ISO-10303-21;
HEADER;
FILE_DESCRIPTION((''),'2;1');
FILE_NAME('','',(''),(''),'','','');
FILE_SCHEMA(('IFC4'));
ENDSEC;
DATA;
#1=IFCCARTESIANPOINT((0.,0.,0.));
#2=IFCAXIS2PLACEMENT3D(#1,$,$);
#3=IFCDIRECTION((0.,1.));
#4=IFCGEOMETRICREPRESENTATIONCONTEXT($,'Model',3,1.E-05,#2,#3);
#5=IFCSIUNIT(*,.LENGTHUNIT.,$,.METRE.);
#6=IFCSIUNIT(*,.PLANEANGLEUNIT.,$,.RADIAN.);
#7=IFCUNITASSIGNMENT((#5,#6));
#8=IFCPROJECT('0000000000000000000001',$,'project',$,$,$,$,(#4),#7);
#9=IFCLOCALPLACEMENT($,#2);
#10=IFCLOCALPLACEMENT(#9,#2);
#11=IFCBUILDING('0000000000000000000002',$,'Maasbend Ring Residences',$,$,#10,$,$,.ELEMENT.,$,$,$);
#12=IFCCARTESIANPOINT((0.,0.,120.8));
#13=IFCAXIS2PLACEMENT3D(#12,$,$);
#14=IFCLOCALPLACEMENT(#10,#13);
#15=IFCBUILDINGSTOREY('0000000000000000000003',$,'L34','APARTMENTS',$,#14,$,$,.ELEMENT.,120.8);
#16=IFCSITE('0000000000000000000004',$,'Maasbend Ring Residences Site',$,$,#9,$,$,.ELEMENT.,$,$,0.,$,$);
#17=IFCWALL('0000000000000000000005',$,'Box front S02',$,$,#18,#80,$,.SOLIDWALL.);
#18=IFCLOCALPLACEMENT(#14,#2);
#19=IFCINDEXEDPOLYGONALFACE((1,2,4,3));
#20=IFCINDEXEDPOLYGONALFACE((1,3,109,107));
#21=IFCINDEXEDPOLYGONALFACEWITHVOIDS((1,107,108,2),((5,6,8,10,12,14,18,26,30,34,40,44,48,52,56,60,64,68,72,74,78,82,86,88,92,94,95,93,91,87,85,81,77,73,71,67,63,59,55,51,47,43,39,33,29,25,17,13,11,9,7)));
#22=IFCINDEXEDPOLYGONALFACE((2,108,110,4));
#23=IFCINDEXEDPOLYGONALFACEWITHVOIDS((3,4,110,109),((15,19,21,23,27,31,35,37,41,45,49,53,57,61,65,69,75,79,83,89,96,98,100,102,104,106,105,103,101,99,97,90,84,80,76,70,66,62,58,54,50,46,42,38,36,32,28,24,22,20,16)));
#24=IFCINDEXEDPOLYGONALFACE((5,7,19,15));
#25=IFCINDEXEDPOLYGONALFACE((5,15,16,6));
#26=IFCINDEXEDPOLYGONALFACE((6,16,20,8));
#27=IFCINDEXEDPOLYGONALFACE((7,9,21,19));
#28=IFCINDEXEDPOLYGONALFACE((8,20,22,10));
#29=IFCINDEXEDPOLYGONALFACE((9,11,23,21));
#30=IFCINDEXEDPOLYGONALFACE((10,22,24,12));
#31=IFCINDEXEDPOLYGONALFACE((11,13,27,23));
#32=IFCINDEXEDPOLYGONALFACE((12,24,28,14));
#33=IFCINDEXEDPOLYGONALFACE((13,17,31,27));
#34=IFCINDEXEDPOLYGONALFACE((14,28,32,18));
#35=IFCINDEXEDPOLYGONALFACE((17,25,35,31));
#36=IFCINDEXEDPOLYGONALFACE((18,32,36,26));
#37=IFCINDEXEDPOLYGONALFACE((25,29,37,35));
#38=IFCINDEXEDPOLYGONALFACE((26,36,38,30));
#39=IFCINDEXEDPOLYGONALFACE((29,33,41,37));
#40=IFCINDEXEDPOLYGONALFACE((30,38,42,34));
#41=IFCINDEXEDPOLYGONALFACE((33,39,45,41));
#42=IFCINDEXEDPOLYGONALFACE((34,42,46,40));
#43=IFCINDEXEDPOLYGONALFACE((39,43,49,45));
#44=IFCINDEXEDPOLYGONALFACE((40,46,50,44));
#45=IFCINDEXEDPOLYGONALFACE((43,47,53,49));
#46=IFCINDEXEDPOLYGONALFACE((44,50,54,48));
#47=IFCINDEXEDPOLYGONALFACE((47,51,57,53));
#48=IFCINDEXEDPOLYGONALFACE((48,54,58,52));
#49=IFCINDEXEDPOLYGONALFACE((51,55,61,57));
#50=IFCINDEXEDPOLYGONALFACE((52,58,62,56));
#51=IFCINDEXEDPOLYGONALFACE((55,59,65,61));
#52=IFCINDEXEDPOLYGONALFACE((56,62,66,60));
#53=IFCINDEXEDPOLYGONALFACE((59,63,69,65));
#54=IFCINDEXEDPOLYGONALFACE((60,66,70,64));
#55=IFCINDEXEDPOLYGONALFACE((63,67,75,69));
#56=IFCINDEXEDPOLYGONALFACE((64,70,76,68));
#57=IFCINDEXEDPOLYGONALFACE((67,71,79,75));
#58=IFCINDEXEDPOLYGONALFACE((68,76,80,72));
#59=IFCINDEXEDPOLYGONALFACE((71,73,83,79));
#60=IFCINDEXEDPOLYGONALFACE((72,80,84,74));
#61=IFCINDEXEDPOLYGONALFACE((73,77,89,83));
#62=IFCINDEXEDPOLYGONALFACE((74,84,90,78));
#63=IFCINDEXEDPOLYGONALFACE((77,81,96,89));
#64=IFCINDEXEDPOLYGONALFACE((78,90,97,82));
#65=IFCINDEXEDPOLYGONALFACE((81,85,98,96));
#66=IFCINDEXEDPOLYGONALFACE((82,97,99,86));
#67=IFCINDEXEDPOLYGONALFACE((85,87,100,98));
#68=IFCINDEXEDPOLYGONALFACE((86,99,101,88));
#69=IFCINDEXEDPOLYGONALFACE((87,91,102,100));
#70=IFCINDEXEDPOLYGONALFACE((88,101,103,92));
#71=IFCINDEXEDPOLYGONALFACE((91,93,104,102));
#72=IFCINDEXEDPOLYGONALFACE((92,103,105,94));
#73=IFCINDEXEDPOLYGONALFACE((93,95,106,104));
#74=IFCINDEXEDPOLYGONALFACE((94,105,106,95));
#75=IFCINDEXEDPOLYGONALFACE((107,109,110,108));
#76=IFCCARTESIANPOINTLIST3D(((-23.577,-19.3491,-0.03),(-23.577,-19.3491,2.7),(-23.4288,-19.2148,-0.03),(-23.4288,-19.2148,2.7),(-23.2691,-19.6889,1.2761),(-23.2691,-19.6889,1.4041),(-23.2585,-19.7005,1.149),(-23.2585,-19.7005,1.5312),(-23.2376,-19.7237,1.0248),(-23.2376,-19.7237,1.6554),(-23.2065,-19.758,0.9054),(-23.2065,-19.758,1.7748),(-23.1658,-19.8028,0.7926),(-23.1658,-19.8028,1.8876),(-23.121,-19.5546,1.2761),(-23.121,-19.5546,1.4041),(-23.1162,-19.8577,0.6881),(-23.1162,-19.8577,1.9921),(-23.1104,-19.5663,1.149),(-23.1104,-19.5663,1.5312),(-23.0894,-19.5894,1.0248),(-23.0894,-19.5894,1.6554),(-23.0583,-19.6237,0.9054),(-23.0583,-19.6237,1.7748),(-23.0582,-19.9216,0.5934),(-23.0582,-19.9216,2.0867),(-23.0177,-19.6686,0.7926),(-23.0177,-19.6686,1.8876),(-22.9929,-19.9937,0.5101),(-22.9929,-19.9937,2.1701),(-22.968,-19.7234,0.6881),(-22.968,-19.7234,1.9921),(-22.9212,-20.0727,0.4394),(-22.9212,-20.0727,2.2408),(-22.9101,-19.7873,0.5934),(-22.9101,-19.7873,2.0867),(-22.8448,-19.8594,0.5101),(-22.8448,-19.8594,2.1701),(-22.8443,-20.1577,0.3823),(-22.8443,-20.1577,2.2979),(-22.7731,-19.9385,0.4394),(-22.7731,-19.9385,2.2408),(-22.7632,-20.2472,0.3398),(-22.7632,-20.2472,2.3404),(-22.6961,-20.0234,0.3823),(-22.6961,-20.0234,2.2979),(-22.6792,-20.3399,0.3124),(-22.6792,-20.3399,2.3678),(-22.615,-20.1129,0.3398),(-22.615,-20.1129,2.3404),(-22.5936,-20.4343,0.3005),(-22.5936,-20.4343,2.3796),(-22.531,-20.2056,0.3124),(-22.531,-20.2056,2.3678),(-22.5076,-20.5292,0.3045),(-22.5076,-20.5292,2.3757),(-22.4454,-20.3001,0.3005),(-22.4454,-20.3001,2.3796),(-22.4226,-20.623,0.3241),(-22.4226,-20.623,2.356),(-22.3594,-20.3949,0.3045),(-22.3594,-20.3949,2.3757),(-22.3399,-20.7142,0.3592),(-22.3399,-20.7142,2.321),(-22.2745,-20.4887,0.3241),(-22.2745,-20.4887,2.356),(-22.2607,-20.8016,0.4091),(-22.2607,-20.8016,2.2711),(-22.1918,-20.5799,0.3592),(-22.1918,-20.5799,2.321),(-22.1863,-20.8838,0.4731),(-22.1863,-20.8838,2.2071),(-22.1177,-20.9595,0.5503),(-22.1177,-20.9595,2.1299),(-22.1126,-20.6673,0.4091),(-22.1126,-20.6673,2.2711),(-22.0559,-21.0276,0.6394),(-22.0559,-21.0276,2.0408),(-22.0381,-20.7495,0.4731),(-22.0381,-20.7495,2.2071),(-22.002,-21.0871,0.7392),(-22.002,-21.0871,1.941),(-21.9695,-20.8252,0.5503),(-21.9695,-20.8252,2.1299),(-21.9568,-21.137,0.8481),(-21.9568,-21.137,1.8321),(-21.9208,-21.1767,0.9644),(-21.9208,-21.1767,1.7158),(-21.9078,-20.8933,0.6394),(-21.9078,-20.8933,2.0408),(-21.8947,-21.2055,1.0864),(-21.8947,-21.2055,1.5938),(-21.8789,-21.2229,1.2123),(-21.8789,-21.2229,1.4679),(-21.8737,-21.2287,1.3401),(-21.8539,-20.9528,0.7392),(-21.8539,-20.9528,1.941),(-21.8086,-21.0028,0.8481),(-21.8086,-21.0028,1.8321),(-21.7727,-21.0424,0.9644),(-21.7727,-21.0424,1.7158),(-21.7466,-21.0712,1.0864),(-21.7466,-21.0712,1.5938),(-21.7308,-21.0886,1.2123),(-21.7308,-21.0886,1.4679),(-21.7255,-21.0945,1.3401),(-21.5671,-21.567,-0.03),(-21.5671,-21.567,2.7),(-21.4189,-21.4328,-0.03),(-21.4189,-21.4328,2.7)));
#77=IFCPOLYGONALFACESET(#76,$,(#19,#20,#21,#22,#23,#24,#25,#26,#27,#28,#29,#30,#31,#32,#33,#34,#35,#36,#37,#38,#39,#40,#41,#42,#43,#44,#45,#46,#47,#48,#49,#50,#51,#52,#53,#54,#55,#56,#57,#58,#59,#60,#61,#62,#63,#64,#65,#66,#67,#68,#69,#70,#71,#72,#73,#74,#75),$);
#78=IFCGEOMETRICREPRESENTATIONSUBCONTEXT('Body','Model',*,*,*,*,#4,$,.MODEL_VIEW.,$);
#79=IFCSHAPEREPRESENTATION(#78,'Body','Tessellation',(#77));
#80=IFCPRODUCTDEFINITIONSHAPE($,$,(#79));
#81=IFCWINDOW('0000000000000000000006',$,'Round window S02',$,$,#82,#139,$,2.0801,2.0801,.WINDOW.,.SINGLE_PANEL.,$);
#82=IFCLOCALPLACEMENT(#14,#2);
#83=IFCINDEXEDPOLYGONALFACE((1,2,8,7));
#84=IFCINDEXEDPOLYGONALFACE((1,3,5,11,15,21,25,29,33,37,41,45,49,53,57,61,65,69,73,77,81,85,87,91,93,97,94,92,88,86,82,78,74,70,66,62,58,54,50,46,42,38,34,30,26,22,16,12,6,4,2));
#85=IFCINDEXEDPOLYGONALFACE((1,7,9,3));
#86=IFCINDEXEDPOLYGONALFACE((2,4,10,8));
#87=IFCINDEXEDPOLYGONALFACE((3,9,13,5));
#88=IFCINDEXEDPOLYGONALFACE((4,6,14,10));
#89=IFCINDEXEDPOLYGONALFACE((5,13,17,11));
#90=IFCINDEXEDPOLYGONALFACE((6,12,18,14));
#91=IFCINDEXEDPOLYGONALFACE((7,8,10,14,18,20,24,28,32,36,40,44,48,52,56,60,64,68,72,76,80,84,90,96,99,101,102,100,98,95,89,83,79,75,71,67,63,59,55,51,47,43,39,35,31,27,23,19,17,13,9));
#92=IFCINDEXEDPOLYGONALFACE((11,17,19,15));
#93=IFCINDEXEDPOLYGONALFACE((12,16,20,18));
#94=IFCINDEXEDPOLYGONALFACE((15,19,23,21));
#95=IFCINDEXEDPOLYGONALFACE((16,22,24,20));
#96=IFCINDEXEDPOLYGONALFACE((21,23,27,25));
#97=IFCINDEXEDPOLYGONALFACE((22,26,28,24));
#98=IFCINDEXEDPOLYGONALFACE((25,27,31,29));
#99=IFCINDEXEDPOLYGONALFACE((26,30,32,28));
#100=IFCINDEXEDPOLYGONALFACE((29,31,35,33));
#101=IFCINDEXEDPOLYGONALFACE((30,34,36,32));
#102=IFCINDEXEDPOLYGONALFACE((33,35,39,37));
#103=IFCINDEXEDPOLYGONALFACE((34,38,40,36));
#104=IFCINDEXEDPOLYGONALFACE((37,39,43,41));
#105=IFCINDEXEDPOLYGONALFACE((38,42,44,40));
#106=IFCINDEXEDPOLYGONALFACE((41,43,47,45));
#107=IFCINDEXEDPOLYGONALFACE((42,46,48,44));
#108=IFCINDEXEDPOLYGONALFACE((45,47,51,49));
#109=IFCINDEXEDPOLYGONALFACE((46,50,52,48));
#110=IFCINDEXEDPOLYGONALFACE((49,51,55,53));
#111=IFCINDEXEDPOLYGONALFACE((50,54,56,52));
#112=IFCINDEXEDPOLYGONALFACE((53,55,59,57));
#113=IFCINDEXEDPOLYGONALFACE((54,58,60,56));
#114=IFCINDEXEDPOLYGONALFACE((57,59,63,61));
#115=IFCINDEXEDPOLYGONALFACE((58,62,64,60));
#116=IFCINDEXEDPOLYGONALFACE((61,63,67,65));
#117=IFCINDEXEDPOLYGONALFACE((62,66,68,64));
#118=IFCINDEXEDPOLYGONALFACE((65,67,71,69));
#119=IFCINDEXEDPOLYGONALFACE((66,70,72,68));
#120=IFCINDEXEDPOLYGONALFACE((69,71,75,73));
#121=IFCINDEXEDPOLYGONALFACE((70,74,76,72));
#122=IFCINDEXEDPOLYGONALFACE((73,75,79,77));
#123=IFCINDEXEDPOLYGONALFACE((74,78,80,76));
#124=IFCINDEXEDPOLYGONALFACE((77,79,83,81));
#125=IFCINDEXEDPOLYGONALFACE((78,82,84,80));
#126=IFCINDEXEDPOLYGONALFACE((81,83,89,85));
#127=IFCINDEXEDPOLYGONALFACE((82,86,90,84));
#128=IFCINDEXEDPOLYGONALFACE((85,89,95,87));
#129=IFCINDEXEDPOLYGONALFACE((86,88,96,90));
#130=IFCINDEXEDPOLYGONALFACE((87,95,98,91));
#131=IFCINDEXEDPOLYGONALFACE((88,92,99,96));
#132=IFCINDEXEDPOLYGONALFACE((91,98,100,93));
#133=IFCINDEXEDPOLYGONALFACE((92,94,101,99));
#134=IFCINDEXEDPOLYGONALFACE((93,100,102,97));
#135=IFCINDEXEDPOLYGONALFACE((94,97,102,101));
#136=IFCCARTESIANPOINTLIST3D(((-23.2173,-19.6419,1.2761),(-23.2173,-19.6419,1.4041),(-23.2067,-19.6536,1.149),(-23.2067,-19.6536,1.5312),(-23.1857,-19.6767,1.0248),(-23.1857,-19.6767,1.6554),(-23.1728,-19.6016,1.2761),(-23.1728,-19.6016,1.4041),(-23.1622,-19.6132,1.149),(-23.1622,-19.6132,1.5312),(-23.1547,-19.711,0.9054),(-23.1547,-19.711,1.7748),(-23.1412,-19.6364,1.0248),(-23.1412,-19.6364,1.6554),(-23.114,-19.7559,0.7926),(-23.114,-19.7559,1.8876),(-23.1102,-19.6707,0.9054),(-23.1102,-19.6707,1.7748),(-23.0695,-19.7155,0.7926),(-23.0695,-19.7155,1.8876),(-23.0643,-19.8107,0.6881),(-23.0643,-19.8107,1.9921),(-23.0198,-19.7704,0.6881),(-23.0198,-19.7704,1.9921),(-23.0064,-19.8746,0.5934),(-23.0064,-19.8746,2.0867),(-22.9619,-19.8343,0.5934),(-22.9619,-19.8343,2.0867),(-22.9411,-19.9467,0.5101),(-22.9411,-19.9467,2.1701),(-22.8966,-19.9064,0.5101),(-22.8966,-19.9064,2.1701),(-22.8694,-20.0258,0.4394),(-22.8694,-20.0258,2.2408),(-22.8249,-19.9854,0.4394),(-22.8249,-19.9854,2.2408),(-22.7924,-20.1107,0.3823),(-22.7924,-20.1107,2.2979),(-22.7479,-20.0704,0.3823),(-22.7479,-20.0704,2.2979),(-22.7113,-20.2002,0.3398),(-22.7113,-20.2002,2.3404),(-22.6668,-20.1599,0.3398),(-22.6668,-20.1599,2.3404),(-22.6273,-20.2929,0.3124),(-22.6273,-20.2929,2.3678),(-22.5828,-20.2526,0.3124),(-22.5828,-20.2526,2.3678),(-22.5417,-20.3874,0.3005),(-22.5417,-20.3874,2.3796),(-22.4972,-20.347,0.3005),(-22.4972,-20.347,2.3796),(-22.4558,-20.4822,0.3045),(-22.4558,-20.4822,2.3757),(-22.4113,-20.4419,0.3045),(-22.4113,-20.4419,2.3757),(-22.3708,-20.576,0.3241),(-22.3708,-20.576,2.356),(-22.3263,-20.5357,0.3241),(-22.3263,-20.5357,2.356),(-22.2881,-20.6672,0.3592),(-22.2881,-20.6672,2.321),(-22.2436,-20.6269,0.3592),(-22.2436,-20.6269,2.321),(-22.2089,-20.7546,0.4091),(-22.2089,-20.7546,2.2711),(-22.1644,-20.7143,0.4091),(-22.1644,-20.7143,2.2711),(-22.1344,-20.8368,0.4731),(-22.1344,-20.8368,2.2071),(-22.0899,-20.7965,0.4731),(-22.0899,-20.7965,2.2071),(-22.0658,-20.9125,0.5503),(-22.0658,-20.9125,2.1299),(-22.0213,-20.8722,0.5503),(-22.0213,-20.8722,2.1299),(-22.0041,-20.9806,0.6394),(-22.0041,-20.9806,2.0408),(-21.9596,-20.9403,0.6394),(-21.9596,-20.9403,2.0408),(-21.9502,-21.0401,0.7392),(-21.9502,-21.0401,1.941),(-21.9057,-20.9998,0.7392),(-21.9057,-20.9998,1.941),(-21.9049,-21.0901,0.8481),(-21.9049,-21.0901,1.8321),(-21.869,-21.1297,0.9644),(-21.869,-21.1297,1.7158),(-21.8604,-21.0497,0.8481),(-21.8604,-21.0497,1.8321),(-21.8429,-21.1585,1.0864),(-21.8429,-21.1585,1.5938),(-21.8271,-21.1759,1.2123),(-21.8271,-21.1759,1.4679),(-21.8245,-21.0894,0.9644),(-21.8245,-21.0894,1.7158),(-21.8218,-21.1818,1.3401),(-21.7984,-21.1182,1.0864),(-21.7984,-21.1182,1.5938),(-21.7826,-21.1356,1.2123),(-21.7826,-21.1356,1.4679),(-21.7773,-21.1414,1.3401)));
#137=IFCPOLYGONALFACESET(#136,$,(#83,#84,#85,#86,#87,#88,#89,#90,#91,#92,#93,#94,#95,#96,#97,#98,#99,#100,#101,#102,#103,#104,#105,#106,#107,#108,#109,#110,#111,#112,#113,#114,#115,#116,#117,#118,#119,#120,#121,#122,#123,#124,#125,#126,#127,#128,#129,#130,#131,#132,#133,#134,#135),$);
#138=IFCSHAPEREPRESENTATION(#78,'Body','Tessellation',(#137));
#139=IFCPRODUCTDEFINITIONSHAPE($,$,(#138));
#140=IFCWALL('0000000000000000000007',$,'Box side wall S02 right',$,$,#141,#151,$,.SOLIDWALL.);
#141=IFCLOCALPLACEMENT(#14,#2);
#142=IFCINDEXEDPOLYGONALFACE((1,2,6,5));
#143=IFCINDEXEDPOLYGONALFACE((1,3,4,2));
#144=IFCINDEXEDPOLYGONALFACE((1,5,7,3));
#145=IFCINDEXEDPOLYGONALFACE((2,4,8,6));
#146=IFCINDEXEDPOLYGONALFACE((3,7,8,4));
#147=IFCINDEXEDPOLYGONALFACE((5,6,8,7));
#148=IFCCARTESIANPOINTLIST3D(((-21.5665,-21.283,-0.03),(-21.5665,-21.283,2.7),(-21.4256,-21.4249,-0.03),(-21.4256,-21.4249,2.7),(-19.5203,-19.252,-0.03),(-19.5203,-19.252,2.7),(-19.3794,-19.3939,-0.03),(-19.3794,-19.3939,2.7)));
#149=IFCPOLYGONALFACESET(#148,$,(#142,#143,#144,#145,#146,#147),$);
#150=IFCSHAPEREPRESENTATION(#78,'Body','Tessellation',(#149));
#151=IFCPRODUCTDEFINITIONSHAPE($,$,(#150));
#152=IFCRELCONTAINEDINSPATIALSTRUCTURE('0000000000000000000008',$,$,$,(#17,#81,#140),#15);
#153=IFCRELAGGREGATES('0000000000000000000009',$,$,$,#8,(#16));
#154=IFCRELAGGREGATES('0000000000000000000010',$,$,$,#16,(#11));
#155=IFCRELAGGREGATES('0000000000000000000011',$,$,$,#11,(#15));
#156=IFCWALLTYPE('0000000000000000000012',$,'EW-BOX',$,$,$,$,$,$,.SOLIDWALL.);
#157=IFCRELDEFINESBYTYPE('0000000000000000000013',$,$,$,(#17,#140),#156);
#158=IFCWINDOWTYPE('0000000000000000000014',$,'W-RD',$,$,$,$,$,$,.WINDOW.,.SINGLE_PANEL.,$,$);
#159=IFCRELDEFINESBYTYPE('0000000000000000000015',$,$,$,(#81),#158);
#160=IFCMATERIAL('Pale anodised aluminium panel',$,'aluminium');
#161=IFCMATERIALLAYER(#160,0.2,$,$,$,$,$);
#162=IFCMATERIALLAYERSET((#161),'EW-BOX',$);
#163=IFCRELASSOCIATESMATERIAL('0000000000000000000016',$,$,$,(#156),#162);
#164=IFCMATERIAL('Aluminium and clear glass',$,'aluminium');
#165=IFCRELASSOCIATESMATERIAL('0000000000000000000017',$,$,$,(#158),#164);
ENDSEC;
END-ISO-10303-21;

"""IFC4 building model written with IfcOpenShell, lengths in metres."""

from ifc_helpers import new_model, si_unit, direction, frame, frame_2d, origin, place, context, subcontext, project, spatial, rectangle, circle, extrude, material, layer, layer_set, type_object, element, fill, save


model = new_model("IFC4")

# Units and contexts
model_context = context("Model", 3, precision=1e-05, world=origin(), true_north=direction((0.0, 1.0)))
body_context = subcontext(model_context, "Body", "Model", "MODEL_VIEW")
ifc_project = project(units=[si_unit("LENGTHUNIT", "METRE"), si_unit("PLANEANGLEUNIT", "RADIAN")], contexts=[model_context])

# Site, building, storey
site_placement = place(None, origin())
site = spatial("IfcSite", under=ifc_project, at=site_placement, Name="Maasbend Ring Residences Site", CompositionType="ELEMENT", RefElevation=0.0)
building_placement = place(site_placement, origin())
building = spatial("IfcBuilding", under=site, at=building_placement, Name="Maasbend Ring Residences", CompositionType="ELEMENT")
storey_placement = place(building_placement, frame((0.0, 0.0, 120.8)))
storey = spatial("IfcBuildingStorey", under=building, at=storey_placement, Name="L34", Description="APARTMENTS", CompositionType="ELEMENT", Elevation=120.8)

# Wall, opening, window
ifc_material_1 = material(Name="Pale anodised aluminium panel", Category="aluminium")
ifc_layer_1 = layer(ifc_material_1, 0.2)
ifc_layer_set_1 = layer_set([ifc_layer_1], Name="EW-BOX")
wall_type_1 = type_object("IfcWallType", Name="EW-BOX", PredefinedType="SOLIDWALL", material=ifc_layer_set_1)
wall_1_placement = place(storey_placement, frame((-23.5029, -19.282, -0.03), z_axis=(0.0, 0.0, 1.0), x_axis=(0.671507, -0.740998, 0.0)))
wall_1 = element("IfcWall", 1, at=wall_1_placement, inside=storey, type_object=wall_type_1, Name="Box front S02", PredefinedType="SOLIDWALL", context=body_context, shape_type="SweptSolid", body=[
    extrude(rectangle(XDim=2.9932, YDim=0.2, at=frame_2d((1.4966, 0.0))), origin(), (0.0, 0.0, 1.0), 2.73),
])
opening_1_placement = place(wall_1_placement, frame((0.4565, 0.0, 0.3301)))
opening_1 = element("IfcOpeningElement", 2, at=opening_1_placement, cuts=wall_1, PredefinedType="OPENING", context=body_context, shape_type="SweptSolid", body=[
    extrude(circle(Radius=1.04, at=frame_2d((1.04, 1.04))), frame((0.0, 0.1099, 0.0), z_axis=(0.0, -1.0, 0.0), x_axis=(1.0, 0.0, 0.0)), (0.0, 0.0, 1.0), 0.22),
])
ifc_material_2 = material(Name="Aluminium and clear glass", Category="aluminium")
window_type_1 = type_object("IfcWindowType", Name="W-RD", PartitioningType="SINGLE_PANEL", PredefinedType="WINDOW", material=ifc_material_2)
window_1_placement = place(opening_1_placement, origin())
window_1 = element("IfcWindow", 3, at=window_1_placement, inside=storey, type_object=window_type_1, Name="Round window S02", OverallHeight=2.0801, OverallWidth=2.0801, PartitioningType="SINGLE_PANEL", PredefinedType="WINDOW", context=body_context, shape_type="SweptSolid", body=[
    extrude(circle(Radius=1.04, at=frame_2d((1.04, 1.04))), frame((0.0, 0.03, 0.0), z_axis=(0.0, -1.0, 0.0), x_axis=(1.0, 0.0, 0.0)), (0.0, 0.0, 1.0), 0.0601),
])
fill(opening_1, window_1)

# Wall
wall_2_placement = place(storey_placement, frame((-19.45, -19.323, -0.03), z_axis=(0.0, 0.0, 1.0), x_axis=(-0.709727, -0.704477, 0.0)))
element("IfcWall", 4, at=wall_2_placement, inside=storey, type_object=wall_type_1, Name="Box side wall S02 right", PredefinedType="SOLIDWALL", context=body_context, shape_type="SweptSolid", body=[
    extrude(rectangle(XDim=2.8831, YDim=0.2, at=frame_2d((1.4414, 0.0))), origin(), (0.0, 0.0, 1.0), 2.73),
])

save(model, "model.ifc")
